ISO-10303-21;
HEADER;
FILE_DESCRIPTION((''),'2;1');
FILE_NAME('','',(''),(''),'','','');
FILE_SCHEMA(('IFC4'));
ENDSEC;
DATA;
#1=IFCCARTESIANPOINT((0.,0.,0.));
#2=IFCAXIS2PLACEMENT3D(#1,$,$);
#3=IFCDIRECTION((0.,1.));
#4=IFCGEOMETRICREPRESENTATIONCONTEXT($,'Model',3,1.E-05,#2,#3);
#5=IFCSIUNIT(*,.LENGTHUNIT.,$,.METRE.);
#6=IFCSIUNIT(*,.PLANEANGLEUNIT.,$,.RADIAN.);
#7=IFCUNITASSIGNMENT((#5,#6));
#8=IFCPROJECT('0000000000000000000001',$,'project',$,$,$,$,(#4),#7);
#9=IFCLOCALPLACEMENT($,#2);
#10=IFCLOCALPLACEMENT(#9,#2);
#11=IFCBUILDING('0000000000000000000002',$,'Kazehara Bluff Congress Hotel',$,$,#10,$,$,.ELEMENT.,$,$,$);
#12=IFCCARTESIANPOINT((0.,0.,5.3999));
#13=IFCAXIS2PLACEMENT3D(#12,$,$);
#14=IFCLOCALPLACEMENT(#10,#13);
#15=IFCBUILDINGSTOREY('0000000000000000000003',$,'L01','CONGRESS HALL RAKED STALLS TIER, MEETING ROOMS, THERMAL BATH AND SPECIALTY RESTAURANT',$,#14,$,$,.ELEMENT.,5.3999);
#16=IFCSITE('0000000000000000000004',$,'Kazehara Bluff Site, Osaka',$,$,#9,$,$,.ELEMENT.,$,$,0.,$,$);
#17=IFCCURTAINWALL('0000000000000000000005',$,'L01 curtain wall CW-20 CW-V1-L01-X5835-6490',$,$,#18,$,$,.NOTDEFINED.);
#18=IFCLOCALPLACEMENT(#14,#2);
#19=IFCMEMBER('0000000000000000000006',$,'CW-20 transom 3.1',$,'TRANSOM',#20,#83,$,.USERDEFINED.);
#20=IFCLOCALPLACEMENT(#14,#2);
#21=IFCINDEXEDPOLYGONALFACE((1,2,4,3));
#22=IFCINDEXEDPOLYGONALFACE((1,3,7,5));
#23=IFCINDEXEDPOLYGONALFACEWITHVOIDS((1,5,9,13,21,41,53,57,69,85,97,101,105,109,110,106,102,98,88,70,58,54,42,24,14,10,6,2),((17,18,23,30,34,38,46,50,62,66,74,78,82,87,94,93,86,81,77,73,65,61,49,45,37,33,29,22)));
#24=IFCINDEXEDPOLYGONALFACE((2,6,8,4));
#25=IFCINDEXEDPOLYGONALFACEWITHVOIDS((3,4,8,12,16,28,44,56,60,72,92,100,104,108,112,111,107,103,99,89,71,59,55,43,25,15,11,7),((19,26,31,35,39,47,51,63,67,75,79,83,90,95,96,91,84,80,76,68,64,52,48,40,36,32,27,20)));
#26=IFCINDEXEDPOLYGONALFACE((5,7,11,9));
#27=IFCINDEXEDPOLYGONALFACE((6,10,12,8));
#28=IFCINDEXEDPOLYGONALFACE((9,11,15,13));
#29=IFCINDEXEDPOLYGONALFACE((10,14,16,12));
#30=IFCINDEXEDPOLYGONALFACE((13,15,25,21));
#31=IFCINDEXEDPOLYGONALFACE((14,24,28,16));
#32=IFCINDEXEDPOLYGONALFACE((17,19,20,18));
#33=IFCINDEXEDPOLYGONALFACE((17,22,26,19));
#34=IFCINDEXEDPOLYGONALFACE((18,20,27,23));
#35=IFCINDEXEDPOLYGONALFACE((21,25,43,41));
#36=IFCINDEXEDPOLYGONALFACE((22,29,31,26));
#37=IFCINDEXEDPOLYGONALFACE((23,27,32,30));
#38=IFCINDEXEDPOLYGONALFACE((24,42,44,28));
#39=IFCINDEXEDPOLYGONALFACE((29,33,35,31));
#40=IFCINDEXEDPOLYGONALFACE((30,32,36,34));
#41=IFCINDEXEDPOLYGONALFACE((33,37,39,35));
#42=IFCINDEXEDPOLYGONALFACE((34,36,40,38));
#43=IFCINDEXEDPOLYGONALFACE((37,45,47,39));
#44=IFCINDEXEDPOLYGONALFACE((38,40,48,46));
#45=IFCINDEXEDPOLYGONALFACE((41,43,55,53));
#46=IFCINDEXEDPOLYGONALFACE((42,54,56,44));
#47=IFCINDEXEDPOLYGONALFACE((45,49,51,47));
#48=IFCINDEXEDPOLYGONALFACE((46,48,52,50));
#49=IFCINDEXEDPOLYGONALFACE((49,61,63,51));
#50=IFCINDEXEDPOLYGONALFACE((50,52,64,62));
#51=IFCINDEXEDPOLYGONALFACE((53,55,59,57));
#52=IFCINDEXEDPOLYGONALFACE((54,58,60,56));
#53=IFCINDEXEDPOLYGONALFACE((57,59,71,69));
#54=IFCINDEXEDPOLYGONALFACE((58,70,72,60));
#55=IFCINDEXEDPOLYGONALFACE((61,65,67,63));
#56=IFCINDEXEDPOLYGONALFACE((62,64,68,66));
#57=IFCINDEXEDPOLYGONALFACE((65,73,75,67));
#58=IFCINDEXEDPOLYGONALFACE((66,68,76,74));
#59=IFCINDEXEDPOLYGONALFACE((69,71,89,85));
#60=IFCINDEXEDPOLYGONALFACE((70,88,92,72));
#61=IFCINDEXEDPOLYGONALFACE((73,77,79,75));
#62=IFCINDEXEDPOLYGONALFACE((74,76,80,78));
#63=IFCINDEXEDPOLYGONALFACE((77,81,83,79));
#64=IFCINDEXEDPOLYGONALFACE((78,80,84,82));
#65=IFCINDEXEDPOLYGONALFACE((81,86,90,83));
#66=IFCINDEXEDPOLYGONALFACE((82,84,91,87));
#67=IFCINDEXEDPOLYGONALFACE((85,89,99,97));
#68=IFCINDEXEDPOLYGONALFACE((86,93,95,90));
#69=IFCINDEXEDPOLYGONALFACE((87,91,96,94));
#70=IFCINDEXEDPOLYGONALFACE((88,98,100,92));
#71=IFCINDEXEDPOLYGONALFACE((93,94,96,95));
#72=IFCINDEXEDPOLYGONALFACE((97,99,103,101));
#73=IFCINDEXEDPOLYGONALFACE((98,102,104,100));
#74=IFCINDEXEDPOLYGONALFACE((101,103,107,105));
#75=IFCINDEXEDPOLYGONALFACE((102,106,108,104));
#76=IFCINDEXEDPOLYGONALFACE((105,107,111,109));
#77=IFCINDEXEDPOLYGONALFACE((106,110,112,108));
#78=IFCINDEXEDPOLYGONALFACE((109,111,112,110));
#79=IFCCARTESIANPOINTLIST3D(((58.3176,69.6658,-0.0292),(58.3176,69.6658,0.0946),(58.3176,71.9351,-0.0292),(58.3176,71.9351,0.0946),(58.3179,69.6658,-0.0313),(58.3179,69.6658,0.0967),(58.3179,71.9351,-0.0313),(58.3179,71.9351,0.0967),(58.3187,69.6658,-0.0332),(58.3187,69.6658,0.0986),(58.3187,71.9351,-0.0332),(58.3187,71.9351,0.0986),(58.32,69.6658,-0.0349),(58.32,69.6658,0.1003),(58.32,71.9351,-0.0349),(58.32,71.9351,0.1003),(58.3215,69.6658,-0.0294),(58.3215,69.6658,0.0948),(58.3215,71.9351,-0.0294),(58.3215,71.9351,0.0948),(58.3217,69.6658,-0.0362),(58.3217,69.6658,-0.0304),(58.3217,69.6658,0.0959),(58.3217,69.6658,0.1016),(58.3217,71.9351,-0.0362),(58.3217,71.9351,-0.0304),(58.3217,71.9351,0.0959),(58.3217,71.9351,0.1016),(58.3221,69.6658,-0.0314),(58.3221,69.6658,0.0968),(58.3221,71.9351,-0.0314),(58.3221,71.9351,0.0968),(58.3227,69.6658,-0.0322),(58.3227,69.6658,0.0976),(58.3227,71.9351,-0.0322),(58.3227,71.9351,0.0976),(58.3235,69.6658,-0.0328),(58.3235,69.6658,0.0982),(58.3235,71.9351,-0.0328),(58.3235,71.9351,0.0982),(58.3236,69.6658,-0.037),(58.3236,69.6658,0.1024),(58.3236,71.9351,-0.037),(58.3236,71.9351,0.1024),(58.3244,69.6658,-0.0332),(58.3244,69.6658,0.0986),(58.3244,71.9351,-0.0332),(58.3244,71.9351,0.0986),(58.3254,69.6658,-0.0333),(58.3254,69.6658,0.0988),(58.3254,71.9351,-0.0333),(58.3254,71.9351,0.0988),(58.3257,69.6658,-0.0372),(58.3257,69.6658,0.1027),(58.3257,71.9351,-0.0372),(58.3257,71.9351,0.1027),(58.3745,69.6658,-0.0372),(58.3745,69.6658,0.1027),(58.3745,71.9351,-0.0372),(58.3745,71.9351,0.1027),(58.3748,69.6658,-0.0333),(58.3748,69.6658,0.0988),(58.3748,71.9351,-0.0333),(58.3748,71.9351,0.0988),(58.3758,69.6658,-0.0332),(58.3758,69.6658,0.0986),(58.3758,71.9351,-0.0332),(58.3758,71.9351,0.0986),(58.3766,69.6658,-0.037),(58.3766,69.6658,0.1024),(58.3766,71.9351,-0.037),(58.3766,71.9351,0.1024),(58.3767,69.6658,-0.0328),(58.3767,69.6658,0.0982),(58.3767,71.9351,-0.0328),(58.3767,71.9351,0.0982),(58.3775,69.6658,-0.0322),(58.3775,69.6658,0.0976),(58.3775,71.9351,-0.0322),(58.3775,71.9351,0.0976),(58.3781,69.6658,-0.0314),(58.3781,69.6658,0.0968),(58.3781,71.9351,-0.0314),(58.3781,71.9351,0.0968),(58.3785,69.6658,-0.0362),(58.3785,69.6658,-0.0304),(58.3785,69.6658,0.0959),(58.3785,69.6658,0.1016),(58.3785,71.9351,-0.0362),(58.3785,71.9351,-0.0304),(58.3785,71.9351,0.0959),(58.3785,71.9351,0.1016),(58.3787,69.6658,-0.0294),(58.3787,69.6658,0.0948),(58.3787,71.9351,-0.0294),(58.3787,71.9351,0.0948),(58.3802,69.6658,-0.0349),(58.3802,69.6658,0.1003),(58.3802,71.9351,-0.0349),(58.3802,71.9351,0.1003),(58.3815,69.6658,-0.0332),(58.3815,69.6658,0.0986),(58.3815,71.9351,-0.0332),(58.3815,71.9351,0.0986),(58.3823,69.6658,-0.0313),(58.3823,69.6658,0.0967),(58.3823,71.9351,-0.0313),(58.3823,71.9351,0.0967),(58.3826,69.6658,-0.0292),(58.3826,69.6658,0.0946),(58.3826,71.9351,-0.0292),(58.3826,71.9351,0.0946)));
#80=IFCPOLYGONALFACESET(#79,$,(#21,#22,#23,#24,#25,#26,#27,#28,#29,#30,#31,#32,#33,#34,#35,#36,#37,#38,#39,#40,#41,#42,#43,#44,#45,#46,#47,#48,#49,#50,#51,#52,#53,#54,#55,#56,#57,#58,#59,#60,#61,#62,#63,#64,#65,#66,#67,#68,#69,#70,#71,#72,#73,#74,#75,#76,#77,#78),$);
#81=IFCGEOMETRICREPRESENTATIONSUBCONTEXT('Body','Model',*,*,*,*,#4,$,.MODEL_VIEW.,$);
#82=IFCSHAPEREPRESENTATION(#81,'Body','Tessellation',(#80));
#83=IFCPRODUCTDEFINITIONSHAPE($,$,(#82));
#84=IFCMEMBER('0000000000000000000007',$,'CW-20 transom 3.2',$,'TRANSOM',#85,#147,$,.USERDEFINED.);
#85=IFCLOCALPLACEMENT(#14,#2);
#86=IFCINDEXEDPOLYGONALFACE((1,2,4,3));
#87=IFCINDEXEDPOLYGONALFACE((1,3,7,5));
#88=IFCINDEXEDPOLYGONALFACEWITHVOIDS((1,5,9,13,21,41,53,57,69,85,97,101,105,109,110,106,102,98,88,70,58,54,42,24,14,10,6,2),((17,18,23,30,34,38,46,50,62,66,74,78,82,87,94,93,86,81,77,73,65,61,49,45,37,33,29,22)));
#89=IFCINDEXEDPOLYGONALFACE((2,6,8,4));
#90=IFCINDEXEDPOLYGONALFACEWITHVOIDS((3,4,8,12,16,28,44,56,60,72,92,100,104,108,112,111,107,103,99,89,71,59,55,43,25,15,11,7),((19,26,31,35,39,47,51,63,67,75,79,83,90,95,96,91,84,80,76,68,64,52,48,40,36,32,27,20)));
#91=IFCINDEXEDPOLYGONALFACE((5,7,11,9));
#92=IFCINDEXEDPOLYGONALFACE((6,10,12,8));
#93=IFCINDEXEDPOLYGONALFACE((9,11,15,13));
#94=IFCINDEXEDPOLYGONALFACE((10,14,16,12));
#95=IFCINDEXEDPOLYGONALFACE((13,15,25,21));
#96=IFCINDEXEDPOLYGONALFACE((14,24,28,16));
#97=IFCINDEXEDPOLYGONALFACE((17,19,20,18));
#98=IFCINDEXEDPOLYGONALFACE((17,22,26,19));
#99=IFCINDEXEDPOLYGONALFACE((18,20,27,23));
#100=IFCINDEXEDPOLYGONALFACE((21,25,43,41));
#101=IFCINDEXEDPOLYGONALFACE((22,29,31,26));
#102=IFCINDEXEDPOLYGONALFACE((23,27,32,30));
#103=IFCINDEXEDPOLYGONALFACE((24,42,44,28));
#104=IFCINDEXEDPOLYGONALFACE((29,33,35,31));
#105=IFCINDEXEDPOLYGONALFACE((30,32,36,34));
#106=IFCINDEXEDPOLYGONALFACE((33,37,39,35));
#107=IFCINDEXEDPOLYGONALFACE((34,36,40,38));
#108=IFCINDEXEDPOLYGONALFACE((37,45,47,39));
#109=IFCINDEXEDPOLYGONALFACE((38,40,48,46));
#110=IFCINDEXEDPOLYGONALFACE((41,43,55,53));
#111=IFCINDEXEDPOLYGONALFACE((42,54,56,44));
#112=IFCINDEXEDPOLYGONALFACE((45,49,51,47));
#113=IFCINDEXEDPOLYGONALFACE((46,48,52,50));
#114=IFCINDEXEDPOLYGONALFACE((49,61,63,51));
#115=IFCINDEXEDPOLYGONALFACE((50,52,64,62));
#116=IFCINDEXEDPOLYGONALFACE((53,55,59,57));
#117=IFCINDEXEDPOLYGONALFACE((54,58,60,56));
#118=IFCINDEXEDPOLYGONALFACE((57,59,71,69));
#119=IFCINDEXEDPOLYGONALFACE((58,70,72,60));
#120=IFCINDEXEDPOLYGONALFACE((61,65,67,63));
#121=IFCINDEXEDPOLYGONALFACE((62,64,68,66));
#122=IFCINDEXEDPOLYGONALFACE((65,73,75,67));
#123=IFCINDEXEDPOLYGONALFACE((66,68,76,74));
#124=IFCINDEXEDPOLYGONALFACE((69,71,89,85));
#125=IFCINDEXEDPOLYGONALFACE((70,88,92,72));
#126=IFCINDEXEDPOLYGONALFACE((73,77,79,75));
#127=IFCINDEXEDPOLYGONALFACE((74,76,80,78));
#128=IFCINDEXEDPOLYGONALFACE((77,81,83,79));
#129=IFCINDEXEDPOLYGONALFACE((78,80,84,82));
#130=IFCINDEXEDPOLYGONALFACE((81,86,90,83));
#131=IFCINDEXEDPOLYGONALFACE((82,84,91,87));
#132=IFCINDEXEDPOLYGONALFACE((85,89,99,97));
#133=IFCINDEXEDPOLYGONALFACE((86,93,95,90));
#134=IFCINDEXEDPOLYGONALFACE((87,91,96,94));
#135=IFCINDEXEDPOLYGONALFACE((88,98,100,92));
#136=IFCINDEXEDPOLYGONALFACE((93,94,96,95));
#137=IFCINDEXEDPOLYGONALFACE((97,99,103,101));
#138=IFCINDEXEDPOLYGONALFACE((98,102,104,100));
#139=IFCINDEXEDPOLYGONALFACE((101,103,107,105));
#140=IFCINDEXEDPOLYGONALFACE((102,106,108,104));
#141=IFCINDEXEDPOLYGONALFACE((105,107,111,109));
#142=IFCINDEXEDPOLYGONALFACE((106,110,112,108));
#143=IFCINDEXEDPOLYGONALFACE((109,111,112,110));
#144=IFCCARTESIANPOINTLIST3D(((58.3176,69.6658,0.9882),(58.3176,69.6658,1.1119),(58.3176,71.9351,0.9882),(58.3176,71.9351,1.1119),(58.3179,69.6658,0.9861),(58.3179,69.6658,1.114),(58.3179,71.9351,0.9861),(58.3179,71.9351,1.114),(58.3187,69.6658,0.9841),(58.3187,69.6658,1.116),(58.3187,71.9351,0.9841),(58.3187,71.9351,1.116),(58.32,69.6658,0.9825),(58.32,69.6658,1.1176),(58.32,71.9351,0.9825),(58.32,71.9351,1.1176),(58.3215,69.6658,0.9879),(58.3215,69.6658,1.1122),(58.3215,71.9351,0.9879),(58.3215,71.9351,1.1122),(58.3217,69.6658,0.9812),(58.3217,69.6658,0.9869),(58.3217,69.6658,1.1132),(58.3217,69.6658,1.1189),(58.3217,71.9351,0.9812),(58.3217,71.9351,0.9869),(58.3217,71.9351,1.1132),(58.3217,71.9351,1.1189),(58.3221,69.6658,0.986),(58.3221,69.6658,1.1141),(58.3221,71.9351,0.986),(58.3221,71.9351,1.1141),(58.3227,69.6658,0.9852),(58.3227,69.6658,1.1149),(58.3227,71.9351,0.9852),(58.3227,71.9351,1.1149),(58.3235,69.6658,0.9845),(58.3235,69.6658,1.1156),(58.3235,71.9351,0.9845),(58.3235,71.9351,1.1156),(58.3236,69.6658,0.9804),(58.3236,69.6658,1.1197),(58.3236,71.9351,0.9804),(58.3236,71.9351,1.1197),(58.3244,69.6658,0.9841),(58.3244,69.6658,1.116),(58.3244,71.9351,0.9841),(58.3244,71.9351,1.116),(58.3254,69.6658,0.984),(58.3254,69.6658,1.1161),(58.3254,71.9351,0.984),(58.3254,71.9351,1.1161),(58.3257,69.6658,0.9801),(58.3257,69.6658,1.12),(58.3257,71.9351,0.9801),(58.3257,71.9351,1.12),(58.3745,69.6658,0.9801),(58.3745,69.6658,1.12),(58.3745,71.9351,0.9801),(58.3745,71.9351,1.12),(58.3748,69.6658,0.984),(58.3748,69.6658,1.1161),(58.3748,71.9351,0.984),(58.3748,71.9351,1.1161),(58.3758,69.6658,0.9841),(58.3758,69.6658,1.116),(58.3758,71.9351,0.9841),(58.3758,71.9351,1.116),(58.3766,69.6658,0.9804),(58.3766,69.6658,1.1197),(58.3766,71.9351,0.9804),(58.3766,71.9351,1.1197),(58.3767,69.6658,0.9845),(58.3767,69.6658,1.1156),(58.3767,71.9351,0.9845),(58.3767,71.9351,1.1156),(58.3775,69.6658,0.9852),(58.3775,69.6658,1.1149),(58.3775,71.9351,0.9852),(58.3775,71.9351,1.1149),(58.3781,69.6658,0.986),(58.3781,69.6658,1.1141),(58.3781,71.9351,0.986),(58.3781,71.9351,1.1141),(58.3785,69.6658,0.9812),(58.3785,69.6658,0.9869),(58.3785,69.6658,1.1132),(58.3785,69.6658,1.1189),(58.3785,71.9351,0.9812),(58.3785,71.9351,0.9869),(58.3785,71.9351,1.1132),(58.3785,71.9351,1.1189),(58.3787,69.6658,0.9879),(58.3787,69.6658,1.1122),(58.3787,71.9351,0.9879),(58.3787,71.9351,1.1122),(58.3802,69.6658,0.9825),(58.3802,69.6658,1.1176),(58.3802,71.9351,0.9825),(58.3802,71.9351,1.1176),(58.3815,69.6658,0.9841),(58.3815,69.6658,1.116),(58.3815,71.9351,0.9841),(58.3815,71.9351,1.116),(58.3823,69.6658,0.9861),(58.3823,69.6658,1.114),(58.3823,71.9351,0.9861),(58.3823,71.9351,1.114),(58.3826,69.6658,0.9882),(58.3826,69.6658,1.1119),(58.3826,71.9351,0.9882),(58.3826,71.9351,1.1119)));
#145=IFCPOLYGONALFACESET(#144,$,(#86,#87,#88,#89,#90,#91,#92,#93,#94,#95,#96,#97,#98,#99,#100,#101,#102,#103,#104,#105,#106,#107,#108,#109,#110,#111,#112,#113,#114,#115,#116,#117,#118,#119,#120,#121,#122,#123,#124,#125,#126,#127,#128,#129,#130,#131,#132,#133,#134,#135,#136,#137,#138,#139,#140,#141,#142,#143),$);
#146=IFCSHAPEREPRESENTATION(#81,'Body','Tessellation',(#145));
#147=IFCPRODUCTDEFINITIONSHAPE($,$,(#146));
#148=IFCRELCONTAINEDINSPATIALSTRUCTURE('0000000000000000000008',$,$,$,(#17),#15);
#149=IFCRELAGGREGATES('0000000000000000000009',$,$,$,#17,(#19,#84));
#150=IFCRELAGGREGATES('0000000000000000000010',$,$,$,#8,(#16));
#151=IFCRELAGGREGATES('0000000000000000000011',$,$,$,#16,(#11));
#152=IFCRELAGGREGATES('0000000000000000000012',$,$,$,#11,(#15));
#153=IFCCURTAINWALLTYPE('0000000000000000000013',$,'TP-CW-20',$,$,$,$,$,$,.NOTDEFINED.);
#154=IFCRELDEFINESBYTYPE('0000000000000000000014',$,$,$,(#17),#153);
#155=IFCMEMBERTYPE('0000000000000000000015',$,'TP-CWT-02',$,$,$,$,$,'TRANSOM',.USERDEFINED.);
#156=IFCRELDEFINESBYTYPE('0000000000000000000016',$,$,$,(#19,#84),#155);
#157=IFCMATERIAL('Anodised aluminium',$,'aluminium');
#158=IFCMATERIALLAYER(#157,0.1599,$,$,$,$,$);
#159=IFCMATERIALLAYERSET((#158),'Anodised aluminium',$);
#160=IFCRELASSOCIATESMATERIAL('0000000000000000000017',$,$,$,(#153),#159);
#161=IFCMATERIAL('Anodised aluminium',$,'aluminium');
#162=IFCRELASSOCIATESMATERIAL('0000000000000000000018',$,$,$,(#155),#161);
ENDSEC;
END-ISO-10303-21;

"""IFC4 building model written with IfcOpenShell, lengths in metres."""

from ifc_helpers import new_model, si_unit, direction, frame, origin, origin_2d, place, context, subcontext, project, spatial, hollow_rectangle, extrude, material, layer, layer_set, material_profile, profile_set, type_object, element, aggregate, save


model = new_model("IFC4")

# Units and contexts
model_context = context("Model", 3, precision=1e-05, world=origin(), true_north=direction((0.0, 1.0)))
body_context = subcontext(model_context, "Body", "Model", "MODEL_VIEW")
ifc_project = project(units=[si_unit("LENGTHUNIT", "METRE"), si_unit("PLANEANGLEUNIT", "RADIAN")], contexts=[model_context])

# Site, building, storey
site_placement = place(None, origin())
site = spatial("IfcSite", under=ifc_project, at=site_placement, Name="Kazehara Bluff Site, Osaka", CompositionType="ELEMENT", RefElevation=0.0)
building_placement = place(site_placement, origin())
building = spatial("IfcBuilding", under=site, at=building_placement, Name="Kazehara Bluff Congress Hotel", CompositionType="ELEMENT")
storey_placement = place(building_placement, frame((0.0, 0.0, 5.3999)))
storey = spatial("IfcBuildingStorey", under=building, at=storey_placement, Name="L01", Description="CONGRESS HALL RAKED STALLS TIER, MEETING ROOMS, THERMAL BATH AND SPECIALTY RESTAURANT", CompositionType="ELEMENT", Elevation=5.3999)

# Curtain wall
ifc_material_1 = material(Name="Anodised aluminium", Category="aluminium")
ifc_layer_1 = layer(ifc_material_1, 0.1599)
ifc_layer_set_1 = layer_set([ifc_layer_1], Name="Anodised aluminium")
curtain_wall_type_1 = type_object("IfcCurtainWallType", Name="TP-CW-20", PredefinedType="NOTDEFINED", material=ifc_layer_set_1)
curtain_wall_1_placement = place(storey_placement, origin())
curtain_wall_1 = element("IfcCurtainWall", 1, at=curtain_wall_1_placement, inside=storey, type_object=curtain_wall_type_1, Name="L01 curtain wall CW-20 CW-V1-L01-X5835-6490", PredefinedType="NOTDEFINED")

# Members
ifc_material_2 = material(Name="Anodised aluminium", Category="aluminium")
ifc_material_profile_1 = material_profile(ifc_material_2, hollow_rectangle(XDim=0.0649, YDim=0.1399, WallThickness=0.0039, InnerFilletRadius=0.0039, OuterFilletRadius=0.0081, at=origin_2d()))
ifc_profile_set_1 = profile_set([ifc_material_profile_1], Name="Anodised aluminium")
member_type_1 = type_object("IfcMemberType", Name="TP-CWT-02", ElementType="TRANSOM", PredefinedType="USERDEFINED", material=ifc_profile_set_1)
member_1_placement = place(storey_placement, frame((58.3501, 69.6658, 0.0327), z_axis=(0.0, 1.0, 0.0), x_axis=(-1.0, 0.0, 0.0)))
member_1 = element("IfcMember", 2, at=member_1_placement, type_object=member_type_1, Name="CW-20 transom 3.1", ObjectType="TRANSOM", PredefinedType="USERDEFINED", context=body_context, shape_type="SweptSolid", body=[
    extrude(hollow_rectangle(XDim=0.0649, YDim=0.1399, WallThickness=0.0039, InnerFilletRadius=0.0039, OuterFilletRadius=0.0081, at=origin_2d()), origin(), (0.0, 0.0, 1.0), 2.2693),
])
member_2_placement = place(storey_placement, frame((58.3501, 69.6658, 1.05), z_axis=(0.0, 1.0, 0.0), x_axis=(-1.0, 0.0, 0.0)))
member_2 = element("IfcMember", 3, at=member_2_placement, type_object=member_type_1, Name="CW-20 transom 3.2", ObjectType="TRANSOM", PredefinedType="USERDEFINED", context=body_context, shape_type="SweptSolid", body=[
    extrude(hollow_rectangle(XDim=0.0649, YDim=0.1399, WallThickness=0.0039, InnerFilletRadius=0.0039, OuterFilletRadius=0.0081, at=origin_2d()), origin(), (0.0, 0.0, 1.0), 2.2693),
])

aggregate(curtain_wall_1, [member_1, member_2])

save(model, "model.ifc")
